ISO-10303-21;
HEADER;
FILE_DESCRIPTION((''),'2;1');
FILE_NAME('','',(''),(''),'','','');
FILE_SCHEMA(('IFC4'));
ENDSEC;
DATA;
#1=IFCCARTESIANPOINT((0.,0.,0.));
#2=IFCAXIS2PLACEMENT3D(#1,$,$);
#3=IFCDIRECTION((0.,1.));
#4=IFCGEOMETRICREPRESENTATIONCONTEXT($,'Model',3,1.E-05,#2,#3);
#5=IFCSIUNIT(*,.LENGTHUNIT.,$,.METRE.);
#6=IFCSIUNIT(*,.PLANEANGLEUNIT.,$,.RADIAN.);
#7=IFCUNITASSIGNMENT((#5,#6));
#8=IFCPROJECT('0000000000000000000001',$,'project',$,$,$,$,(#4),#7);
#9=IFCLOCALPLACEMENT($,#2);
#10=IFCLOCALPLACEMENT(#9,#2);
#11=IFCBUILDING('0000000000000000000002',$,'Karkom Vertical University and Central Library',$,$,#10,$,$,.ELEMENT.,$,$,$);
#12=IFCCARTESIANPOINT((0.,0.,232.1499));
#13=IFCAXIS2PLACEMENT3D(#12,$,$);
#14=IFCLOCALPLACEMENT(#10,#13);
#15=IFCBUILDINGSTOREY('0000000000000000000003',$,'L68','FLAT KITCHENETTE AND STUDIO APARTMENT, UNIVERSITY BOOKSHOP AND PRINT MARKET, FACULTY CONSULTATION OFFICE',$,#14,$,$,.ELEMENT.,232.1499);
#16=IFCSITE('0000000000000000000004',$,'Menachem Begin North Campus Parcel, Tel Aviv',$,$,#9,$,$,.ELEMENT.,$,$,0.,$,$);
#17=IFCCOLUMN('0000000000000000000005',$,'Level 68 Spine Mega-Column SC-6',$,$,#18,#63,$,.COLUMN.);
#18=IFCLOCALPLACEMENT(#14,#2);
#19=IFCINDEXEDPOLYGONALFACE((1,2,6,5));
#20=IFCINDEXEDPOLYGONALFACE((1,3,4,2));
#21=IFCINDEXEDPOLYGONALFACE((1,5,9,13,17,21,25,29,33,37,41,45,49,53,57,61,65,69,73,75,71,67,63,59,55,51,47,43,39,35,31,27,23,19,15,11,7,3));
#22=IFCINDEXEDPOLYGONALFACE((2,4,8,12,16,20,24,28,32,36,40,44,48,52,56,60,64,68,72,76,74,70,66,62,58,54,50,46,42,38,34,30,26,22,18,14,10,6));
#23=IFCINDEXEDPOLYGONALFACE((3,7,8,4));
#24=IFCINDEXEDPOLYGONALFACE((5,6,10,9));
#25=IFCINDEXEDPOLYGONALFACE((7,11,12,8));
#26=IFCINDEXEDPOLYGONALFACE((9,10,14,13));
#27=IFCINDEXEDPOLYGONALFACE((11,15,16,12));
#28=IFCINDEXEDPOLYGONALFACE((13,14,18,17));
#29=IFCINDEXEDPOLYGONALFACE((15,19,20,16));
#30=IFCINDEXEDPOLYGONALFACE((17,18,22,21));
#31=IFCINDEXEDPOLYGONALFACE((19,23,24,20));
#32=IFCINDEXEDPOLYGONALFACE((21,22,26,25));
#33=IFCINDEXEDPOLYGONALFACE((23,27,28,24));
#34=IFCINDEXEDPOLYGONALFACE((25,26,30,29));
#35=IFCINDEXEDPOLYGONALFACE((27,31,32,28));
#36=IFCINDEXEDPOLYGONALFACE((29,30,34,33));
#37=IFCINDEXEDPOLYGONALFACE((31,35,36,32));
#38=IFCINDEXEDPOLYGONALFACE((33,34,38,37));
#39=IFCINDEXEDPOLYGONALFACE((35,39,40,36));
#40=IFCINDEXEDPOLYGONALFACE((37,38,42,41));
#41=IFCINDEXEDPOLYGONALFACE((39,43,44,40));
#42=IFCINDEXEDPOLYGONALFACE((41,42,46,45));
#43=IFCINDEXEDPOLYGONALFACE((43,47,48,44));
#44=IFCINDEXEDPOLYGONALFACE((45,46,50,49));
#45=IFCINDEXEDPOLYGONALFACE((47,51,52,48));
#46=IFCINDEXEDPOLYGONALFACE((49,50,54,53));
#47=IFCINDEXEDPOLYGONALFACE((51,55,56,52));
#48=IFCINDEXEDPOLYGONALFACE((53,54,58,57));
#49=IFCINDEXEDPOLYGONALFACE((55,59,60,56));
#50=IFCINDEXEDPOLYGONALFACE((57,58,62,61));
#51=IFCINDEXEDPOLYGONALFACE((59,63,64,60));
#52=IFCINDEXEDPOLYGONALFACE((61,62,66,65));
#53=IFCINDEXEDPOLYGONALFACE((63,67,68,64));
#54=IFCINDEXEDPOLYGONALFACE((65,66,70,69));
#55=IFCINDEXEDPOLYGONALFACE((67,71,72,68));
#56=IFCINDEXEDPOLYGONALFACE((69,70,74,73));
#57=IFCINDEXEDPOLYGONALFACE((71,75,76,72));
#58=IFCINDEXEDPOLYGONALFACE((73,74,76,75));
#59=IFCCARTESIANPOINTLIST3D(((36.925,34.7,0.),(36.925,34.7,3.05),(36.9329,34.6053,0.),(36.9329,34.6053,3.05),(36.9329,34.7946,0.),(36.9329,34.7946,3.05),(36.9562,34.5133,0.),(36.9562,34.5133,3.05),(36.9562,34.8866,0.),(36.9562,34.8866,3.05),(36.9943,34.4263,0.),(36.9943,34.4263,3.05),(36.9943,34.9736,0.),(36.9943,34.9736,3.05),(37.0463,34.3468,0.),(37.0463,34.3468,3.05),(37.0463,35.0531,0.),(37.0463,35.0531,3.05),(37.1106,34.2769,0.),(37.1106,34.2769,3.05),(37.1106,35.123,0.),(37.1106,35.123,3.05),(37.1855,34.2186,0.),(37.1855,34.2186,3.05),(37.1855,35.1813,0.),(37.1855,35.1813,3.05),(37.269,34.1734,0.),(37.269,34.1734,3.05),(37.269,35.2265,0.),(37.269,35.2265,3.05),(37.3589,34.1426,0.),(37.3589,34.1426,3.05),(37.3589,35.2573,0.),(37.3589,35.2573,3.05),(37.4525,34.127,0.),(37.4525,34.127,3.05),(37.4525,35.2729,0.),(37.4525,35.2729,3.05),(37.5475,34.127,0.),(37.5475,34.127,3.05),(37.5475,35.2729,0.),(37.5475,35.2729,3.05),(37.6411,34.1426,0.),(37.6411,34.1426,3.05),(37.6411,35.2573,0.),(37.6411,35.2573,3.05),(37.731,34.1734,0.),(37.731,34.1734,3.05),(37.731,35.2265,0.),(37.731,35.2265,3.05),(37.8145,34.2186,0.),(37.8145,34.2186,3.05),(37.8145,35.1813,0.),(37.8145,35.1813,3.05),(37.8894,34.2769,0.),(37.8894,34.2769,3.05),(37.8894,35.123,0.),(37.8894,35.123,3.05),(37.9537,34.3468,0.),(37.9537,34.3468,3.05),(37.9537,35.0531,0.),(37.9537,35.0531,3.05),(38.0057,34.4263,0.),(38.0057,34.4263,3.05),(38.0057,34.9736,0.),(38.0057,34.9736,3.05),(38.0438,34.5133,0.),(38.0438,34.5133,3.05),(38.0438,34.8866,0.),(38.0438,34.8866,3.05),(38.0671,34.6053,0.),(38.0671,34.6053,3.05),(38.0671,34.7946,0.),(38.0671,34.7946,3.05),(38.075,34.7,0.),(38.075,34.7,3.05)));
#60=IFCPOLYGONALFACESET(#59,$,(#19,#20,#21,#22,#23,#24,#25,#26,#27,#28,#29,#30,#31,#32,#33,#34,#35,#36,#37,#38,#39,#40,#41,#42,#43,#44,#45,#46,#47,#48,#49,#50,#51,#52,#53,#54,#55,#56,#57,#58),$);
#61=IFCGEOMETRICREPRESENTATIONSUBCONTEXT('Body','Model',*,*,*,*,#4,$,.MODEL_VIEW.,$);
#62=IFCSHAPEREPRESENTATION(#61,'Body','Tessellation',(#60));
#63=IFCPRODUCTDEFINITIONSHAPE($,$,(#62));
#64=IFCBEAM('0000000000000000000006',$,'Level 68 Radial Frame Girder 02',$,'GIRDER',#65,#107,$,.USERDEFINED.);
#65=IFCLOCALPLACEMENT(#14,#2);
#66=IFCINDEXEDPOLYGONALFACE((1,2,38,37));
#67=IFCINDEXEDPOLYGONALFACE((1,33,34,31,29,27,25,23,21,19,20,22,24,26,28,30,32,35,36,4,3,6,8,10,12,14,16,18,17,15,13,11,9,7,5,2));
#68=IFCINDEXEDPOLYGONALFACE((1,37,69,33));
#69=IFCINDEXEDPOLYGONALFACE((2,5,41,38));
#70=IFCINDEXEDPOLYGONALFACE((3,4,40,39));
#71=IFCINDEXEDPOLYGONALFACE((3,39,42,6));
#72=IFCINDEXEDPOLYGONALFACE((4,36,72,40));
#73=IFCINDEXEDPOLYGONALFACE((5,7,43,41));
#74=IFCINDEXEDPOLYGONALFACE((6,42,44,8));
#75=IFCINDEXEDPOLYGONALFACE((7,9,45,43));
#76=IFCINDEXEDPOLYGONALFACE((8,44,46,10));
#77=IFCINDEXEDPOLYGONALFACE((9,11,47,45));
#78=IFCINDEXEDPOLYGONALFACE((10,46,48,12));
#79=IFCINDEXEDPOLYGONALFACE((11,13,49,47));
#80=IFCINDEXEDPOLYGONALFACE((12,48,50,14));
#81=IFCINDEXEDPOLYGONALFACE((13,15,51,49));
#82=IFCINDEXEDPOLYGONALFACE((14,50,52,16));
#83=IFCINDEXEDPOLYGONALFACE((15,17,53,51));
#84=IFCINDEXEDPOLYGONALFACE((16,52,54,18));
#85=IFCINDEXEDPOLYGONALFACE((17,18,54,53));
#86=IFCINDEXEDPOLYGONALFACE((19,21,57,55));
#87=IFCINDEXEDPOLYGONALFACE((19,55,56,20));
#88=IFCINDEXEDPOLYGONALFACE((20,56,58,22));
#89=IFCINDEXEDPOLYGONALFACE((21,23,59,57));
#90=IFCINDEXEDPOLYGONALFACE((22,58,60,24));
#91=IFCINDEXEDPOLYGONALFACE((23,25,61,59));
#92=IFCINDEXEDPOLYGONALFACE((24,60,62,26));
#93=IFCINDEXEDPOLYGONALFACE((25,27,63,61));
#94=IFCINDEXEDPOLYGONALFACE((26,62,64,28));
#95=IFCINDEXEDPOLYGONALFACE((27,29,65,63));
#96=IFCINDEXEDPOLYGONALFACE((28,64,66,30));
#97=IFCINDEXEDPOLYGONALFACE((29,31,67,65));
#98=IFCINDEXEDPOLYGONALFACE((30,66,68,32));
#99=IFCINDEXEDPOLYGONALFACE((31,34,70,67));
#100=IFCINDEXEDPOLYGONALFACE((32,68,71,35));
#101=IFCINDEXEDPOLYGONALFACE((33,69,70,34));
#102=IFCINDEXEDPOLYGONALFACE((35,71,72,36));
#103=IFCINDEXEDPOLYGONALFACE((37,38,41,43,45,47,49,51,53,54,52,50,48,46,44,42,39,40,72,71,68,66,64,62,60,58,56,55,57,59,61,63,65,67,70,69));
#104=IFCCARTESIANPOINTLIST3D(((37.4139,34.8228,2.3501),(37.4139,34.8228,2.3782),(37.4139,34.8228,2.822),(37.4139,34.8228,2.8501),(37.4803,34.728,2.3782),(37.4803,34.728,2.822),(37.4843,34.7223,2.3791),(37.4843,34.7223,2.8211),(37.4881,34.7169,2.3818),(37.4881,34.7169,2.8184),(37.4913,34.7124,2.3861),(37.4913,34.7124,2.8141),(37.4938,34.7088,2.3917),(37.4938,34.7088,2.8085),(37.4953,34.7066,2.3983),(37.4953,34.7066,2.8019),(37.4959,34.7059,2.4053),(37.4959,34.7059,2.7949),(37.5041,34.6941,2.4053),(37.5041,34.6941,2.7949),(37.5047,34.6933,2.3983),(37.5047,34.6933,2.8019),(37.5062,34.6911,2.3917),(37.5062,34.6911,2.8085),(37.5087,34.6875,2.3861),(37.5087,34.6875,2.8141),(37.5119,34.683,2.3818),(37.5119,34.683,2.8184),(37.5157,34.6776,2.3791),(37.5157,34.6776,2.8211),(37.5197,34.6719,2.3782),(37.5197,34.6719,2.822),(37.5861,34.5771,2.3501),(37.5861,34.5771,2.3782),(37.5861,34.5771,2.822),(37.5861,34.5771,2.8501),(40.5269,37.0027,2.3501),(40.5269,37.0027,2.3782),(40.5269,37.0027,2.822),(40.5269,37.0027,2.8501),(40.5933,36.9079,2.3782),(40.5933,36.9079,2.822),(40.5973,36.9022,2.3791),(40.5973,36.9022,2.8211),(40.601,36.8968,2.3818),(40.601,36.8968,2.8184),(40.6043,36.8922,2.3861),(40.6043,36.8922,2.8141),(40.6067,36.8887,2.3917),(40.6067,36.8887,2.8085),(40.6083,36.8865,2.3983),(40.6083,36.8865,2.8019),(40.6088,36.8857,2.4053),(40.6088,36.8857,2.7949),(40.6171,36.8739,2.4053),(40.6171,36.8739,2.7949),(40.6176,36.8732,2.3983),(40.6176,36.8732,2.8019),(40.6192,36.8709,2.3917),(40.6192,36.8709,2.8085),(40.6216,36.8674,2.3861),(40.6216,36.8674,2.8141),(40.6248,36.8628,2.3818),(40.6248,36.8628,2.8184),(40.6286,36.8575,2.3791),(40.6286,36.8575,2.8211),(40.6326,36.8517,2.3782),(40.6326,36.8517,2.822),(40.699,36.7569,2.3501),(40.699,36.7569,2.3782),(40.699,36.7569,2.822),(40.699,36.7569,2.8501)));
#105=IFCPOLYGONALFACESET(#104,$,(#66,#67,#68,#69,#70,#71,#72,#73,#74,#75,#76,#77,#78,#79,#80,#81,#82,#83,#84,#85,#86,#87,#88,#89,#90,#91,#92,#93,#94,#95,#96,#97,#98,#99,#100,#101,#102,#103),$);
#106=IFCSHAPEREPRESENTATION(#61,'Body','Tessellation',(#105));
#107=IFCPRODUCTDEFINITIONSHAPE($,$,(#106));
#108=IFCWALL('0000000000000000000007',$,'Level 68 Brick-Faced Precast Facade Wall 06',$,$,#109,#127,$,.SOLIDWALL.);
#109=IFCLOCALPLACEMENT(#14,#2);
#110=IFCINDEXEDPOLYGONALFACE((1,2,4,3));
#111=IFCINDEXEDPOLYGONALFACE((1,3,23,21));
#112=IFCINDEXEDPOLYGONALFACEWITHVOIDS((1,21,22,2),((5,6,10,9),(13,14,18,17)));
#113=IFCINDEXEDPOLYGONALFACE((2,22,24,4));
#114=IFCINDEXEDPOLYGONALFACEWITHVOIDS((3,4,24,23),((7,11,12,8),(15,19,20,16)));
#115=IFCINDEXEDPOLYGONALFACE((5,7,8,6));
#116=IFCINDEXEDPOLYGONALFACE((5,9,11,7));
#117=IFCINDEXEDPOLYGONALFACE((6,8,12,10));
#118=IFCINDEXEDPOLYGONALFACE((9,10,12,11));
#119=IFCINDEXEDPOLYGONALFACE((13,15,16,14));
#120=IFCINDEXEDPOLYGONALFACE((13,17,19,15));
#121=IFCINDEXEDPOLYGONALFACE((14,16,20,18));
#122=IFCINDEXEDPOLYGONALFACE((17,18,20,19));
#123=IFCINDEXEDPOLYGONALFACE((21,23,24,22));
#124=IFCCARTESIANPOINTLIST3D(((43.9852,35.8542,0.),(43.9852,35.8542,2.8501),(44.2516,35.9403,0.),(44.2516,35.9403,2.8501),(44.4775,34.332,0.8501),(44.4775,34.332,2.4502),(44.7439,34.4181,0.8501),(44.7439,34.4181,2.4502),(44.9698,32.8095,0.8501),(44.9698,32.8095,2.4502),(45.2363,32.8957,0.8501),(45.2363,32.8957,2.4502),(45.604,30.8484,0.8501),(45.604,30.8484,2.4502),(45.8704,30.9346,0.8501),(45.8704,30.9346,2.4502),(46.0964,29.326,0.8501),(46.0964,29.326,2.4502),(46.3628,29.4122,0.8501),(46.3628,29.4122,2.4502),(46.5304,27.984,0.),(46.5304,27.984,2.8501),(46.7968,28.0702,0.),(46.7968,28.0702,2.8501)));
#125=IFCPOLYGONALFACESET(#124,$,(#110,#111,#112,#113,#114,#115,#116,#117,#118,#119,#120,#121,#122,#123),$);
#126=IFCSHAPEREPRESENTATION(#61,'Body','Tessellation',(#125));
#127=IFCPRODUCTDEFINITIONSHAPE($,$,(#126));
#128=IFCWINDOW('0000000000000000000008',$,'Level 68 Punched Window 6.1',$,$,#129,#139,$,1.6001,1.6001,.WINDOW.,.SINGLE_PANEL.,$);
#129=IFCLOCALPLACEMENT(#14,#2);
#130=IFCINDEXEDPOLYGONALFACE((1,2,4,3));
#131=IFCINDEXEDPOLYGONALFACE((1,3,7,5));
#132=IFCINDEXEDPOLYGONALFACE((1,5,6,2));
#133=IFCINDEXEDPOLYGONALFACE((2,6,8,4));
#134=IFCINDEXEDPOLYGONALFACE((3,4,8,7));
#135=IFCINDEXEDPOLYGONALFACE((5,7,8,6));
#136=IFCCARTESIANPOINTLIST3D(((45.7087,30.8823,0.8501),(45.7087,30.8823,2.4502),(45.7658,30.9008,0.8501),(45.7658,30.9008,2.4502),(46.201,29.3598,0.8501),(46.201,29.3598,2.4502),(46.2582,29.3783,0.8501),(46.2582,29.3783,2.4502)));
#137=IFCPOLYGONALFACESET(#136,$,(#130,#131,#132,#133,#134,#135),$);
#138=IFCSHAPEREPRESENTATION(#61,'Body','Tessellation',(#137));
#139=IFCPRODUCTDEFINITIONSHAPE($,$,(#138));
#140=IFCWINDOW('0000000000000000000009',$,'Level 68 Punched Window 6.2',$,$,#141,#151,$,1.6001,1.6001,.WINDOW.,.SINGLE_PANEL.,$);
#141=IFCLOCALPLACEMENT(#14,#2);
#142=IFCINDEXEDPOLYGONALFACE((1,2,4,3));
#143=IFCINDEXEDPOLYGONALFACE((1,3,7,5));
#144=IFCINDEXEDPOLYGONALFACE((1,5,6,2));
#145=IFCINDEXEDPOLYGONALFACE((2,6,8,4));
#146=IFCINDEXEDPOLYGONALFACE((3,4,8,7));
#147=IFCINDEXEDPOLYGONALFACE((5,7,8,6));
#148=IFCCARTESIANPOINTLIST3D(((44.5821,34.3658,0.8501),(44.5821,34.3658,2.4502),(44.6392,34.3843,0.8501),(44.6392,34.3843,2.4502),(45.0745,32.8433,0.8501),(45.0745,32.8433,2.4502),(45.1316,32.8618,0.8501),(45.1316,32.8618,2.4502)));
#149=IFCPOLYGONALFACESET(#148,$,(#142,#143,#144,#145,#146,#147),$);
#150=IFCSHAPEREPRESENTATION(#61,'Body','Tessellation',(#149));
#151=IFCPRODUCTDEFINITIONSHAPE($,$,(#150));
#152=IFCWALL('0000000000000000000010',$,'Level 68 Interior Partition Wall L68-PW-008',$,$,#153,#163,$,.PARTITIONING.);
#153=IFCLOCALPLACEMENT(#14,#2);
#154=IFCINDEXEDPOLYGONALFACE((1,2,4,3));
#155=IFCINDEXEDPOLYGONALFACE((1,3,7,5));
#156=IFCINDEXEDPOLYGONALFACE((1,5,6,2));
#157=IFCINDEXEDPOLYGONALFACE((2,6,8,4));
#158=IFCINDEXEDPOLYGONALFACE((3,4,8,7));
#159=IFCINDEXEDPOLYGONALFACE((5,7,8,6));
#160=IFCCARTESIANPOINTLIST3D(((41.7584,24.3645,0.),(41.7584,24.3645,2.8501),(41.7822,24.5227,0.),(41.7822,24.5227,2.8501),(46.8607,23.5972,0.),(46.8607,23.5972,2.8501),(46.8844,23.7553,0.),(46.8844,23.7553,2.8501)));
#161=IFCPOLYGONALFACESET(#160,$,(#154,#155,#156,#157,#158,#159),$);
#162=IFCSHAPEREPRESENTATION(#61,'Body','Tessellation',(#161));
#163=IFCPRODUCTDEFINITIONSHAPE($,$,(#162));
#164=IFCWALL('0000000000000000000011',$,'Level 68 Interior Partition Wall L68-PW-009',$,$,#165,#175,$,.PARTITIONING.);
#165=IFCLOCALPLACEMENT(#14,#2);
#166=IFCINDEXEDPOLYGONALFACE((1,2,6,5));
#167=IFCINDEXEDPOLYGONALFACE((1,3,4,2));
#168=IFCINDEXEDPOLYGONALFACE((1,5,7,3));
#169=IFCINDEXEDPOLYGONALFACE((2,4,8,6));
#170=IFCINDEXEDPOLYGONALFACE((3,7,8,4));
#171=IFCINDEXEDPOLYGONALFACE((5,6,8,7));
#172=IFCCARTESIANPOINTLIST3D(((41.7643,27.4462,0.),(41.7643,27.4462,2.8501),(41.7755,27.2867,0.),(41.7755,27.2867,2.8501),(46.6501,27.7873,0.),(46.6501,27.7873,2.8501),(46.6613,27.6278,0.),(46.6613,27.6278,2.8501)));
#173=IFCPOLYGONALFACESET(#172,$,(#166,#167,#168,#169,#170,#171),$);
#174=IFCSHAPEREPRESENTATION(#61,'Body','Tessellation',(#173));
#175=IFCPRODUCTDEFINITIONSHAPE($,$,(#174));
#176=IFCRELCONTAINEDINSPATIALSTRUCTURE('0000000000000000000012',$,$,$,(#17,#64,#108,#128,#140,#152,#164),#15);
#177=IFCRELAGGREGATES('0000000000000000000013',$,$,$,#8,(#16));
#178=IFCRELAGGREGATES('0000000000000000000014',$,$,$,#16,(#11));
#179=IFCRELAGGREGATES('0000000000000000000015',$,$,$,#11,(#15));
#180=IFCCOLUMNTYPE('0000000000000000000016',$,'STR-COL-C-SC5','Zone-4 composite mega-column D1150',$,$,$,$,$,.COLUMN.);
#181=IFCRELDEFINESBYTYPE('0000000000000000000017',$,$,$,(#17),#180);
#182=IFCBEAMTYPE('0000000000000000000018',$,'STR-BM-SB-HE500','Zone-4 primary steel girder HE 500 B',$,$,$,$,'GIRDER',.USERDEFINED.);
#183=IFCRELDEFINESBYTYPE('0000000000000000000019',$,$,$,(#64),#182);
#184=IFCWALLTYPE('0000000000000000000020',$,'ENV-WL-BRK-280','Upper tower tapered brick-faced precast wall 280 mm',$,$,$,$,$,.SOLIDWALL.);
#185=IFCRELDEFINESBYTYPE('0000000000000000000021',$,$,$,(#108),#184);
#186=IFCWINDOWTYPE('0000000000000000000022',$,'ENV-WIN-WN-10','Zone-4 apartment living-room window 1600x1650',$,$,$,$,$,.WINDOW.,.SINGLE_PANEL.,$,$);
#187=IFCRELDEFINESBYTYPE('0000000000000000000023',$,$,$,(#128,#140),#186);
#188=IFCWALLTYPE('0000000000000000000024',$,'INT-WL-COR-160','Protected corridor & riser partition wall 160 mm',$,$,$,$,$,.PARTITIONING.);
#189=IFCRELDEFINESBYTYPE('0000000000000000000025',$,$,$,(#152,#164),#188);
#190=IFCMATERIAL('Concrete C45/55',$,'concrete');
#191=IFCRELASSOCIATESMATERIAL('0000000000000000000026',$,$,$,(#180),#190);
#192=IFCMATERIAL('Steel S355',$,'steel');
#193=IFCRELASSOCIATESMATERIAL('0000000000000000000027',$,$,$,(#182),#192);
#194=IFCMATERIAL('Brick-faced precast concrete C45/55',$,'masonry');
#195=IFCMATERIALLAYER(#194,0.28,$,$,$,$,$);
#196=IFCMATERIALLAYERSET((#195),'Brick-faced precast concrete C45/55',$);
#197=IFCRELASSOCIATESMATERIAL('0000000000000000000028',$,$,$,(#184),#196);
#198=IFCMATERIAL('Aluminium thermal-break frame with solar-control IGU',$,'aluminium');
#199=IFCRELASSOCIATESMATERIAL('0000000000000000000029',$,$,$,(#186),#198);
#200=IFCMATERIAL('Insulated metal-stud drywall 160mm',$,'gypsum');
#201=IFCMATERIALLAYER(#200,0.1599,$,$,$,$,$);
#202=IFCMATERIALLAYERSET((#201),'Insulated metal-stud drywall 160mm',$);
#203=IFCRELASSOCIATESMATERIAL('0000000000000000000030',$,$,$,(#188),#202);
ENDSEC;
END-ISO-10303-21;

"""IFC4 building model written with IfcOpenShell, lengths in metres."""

from ifc_helpers import new_model, si_unit, direction, frame, frame_2d, origin, origin_with_axes, origin_2d, place, context, subcontext, project, spatial, rectangle, circle, i_section, extrude, source, transform, mapped, material, layer, layer_set, material_profile, profile_set, type_object, element, fill, save


model = new_model("IFC4")

# Units and contexts
model_context = context("Model", 3, precision=1e-05, world=origin(), true_north=direction((0.0, 1.0)))
body_context = subcontext(model_context, "Body", "Model", "MODEL_VIEW")
ifc_project = project(units=[si_unit("LENGTHUNIT", "METRE"), si_unit("PLANEANGLEUNIT", "RADIAN")], contexts=[model_context])

# Site, building, storey
site_placement = place(None, origin())
site = spatial("IfcSite", under=ifc_project, at=site_placement, Name="Menachem Begin North Campus Parcel, Tel Aviv", CompositionType="ELEMENT", RefElevation=0.0)
building_placement = place(site_placement, origin())
building = spatial("IfcBuilding", under=site, at=building_placement, Name="Karkom Vertical University and Central Library", CompositionType="ELEMENT")
storey_placement = place(building_placement, frame((0.0, 0.0, 232.1499)))
storey = spatial("IfcBuildingStorey", under=building, at=storey_placement, Name="L68", Description="FLAT KITCHENETTE AND STUDIO APARTMENT, UNIVERSITY BOOKSHOP AND PRINT MARKET, FACULTY CONSULTATION OFFICE", CompositionType="ELEMENT", Elevation=232.1499)

# Column
ifc_material_1 = material(Name="Concrete C45/55", Category="concrete")
ifc_material_profile_1 = material_profile(ifc_material_1, circle(Radius=0.575, at=origin_2d()), Name="CFT-D1150")
ifc_profile_set_1 = profile_set([ifc_material_profile_1], Name="Concrete C45/55")
column_type = type_object("IfcColumnType", Name="STR-COL-C-SC5", Description="Zone-4 composite mega-column D1150", PredefinedType="COLUMN", material=ifc_profile_set_1)
shared_shape_1 = source(origin_with_axes(), body_context, "Body", "SweptSolid", [
    extrude(circle(Radius=0.575, at=origin_2d()), origin(), (0.0, 0.0, 1.0), 3.05),
])
column_placement = place(storey_placement, frame((37.5, 34.7, 0.0), z_axis=(0.0, 0.0, 1.0), x_axis=(1.0, 0.0, 0.0)))
element("IfcColumn", 1, at=column_placement, inside=storey, type_object=column_type, Name="Level 68 Spine Mega-Column SC-6", PredefinedType="COLUMN", context=body_context, shape_type="MappedRepresentation", body=[
    mapped(shared_shape_1, transform((0.0, 0.0, 0.0), scale=1.0)),
])

# Beam
ifc_material_2 = material(Name="Steel S355", Category="steel")
ifc_material_profile_2 = material_profile(ifc_material_2, i_section(OverallWidth=0.3, OverallDepth=0.5, WebThickness=0.0144, FlangeThickness=0.0281, FilletRadius=0.0271, at=origin_2d()), Name="HE 500 B")
ifc_profile_set_2 = profile_set([ifc_material_profile_2], Name="Steel S355")
beam_type = type_object("IfcBeamType", Name="STR-BM-SB-HE500", Description="Zone-4 primary steel girder HE 500 B", ElementType="GIRDER", PredefinedType="USERDEFINED", material=ifc_profile_set_2)
shared_shape_2 = source(origin_with_axes(), body_context, "Body", "SweptSolid", [
    extrude(i_section(OverallWidth=0.3, OverallDepth=0.5, WebThickness=0.0144, FlangeThickness=0.0281, FilletRadius=0.0271, at=origin_2d()), origin(), (0.0, 0.0, 1.0), 3.8003),
])
beam_placement = place(storey_placement, frame((37.5, 34.7, 2.6001), z_axis=(0.819132, 0.573605, 0.0), x_axis=(-0.573605, 0.819132, 0.0)))
element("IfcBeam", 2, at=beam_placement, inside=storey, type_object=beam_type, Name="Level 68 Radial Frame Girder 02", ObjectType="GIRDER", PredefinedType="USERDEFINED", context=body_context, shape_type="MappedRepresentation", body=[
    mapped(shared_shape_2, transform((0.0, 0.0, 0.0), scale=1.0)),
])

# Wall, openings, windows
ifc_material_3 = material(Name="Brick-faced precast concrete C45/55", Category="masonry")
ifc_layer_1 = layer(ifc_material_3, 0.28)
ifc_layer_set_1 = layer_set([ifc_layer_1], Name="Brick-faced precast concrete C45/55")
wall_type_1 = type_object("IfcWallType", Name="ENV-WL-BRK-280", Description="Upper tower tapered brick-faced precast wall 280 mm", PredefinedType="SOLIDWALL", material=ifc_layer_set_1)
wall_1_placement = place(storey_placement, frame((46.6636, 28.0271, 0.0), z_axis=(0.0, 0.0, 1.0), x_axis=(-0.307706, 0.951482, 0.0)))
wall_1 = element("IfcWall", 3, at=wall_1_placement, inside=storey, type_object=wall_type_1, Name="Level 68 Brick-Faced Precast Facade Wall 06", PredefinedType="SOLIDWALL", context=body_context, shape_type="SweptSolid", body=[
    extrude(rectangle(XDim=8.2715, YDim=0.28, at=frame_2d((4.1357, 0.0))), origin(), (0.0, 0.0, 1.0), 2.8501),
])
opening_1_placement = place(wall_1_placement, frame((1.4104, 0.0, 0.8501)))
opening_1 = element("IfcOpeningElement", 4, at=opening_1_placement, cuts=wall_1, PredefinedType="OPENING", context=body_context, shape_type="SweptSolid", body=[
    extrude(rectangle(XDim=1.6001, YDim=1.6001, at=frame_2d((0.8, 0.8))), frame((0.0, 0.1499, 0.0), z_axis=(0.0, -1.0, 0.0), x_axis=(1.0, 0.0, 0.0)), (0.0, 0.0, 1.0), 0.3),
])
opening_2_placement = place(wall_1_placement, frame((5.0715, 0.0, 0.8501)))
opening_2 = element("IfcOpeningElement", 5, at=opening_2_placement, cuts=wall_1, PredefinedType="OPENING", context=body_context, shape_type="SweptSolid", body=[
    extrude(rectangle(XDim=1.6001, YDim=1.6001, at=frame_2d((0.8, 0.8))), frame((0.0, 0.1499, 0.0), z_axis=(0.0, -1.0, 0.0), x_axis=(1.0, 0.0, 0.0)), (0.0, 0.0, 1.0), 0.3),
])
ifc_material_4 = material(Name="Aluminium thermal-break frame with solar-control IGU", Category="aluminium")
window_type = type_object("IfcWindowType", Name="ENV-WIN-WN-10", Description="Zone-4 apartment living-room window 1600x1650", PartitioningType="SINGLE_PANEL", PredefinedType="WINDOW", material=ifc_material_4)
shared_shape_3 = source(origin_with_axes(), body_context, "Body", "SweptSolid", [
    extrude(rectangle(XDim=1.6001, YDim=1.6001, at=frame_2d((0.8, 0.8))), frame((0.0, 0.03, 0.0), z_axis=(0.0, -1.0, 0.0), x_axis=(1.0, 0.0, 0.0)), (0.0, 0.0, 1.0), 0.0601),
])
window_1_placement = place(opening_1_placement, origin())
window_1 = element("IfcWindow", 6, at=window_1_placement, inside=storey, type_object=window_type, Name="Level 68 Punched Window 6.1", OverallHeight=1.6001, OverallWidth=1.6001, PartitioningType="SINGLE_PANEL", PredefinedType="WINDOW", context=body_context, shape_type="MappedRepresentation", body=[
    mapped(shared_shape_3, transform((0.0, 0.0, 0.0), scale=1.0)),
])
fill(opening_1, window_1)
window_2_placement = place(opening_2_placement, origin())
window_2 = element("IfcWindow", 7, at=window_2_placement, inside=storey, type_object=window_type, Name="Level 68 Punched Window 6.2", OverallHeight=1.6001, OverallWidth=1.6001, PartitioningType="SINGLE_PANEL", PredefinedType="WINDOW", context=body_context, shape_type="MappedRepresentation", body=[
    mapped(shared_shape_3, transform((0.0, 0.0, 0.0), scale=1.0)),
])
fill(opening_2, window_2)

# Shared definitions
ifc_material_5 = material(Name="Insulated metal-stud drywall 160mm", Category="gypsum")
ifc_layer_2 = layer(ifc_material_5, 0.1599)
ifc_layer_set_2 = layer_set([ifc_layer_2], Name="Insulated metal-stud drywall 160mm")
wall_type_2 = type_object("IfcWallType", Name="INT-WL-COR-160", Description="Protected corridor & riser partition wall 160 mm", PredefinedType="PARTITIONING", material=ifc_layer_set_2)

# Walls
wall_2_placement = place(storey_placement, frame((41.7703, 24.4436, 0.0), z_axis=(0.0, 0.0, 1.0), x_axis=(0.98888, -0.148718, 0.0)))
element("IfcWall", 8, at=wall_2_placement, inside=storey, type_object=wall_type_2, Name="Level 68 Interior Partition Wall L68-PW-008", PredefinedType="PARTITIONING", context=body_context, shape_type="SweptSolid", body=[
    extrude(rectangle(XDim=5.1597, YDim=0.1599, at=frame_2d((2.5798, 0.0))), origin(), (0.0, 0.0, 1.0), 2.8501),
])
wall_3_placement = place(storey_placement, frame((41.77, 27.3665, 0.0), z_axis=(0.0, 0.0, 1.0), x_axis=(0.997572, 0.069639, 0.0)))
element("IfcWall", 9, at=wall_3_placement, inside=storey, type_object=wall_type_2, Name="Level 68 Interior Partition Wall L68-PW-009", PredefinedType="PARTITIONING", context=body_context, shape_type="SweptSolid", body=[
    extrude(rectangle(XDim=4.8977, YDim=0.1599, at=frame_2d((2.4487, 0.0))), origin(), (0.0, 0.0, 1.0), 2.8501),
])

save(model, "model.ifc")
